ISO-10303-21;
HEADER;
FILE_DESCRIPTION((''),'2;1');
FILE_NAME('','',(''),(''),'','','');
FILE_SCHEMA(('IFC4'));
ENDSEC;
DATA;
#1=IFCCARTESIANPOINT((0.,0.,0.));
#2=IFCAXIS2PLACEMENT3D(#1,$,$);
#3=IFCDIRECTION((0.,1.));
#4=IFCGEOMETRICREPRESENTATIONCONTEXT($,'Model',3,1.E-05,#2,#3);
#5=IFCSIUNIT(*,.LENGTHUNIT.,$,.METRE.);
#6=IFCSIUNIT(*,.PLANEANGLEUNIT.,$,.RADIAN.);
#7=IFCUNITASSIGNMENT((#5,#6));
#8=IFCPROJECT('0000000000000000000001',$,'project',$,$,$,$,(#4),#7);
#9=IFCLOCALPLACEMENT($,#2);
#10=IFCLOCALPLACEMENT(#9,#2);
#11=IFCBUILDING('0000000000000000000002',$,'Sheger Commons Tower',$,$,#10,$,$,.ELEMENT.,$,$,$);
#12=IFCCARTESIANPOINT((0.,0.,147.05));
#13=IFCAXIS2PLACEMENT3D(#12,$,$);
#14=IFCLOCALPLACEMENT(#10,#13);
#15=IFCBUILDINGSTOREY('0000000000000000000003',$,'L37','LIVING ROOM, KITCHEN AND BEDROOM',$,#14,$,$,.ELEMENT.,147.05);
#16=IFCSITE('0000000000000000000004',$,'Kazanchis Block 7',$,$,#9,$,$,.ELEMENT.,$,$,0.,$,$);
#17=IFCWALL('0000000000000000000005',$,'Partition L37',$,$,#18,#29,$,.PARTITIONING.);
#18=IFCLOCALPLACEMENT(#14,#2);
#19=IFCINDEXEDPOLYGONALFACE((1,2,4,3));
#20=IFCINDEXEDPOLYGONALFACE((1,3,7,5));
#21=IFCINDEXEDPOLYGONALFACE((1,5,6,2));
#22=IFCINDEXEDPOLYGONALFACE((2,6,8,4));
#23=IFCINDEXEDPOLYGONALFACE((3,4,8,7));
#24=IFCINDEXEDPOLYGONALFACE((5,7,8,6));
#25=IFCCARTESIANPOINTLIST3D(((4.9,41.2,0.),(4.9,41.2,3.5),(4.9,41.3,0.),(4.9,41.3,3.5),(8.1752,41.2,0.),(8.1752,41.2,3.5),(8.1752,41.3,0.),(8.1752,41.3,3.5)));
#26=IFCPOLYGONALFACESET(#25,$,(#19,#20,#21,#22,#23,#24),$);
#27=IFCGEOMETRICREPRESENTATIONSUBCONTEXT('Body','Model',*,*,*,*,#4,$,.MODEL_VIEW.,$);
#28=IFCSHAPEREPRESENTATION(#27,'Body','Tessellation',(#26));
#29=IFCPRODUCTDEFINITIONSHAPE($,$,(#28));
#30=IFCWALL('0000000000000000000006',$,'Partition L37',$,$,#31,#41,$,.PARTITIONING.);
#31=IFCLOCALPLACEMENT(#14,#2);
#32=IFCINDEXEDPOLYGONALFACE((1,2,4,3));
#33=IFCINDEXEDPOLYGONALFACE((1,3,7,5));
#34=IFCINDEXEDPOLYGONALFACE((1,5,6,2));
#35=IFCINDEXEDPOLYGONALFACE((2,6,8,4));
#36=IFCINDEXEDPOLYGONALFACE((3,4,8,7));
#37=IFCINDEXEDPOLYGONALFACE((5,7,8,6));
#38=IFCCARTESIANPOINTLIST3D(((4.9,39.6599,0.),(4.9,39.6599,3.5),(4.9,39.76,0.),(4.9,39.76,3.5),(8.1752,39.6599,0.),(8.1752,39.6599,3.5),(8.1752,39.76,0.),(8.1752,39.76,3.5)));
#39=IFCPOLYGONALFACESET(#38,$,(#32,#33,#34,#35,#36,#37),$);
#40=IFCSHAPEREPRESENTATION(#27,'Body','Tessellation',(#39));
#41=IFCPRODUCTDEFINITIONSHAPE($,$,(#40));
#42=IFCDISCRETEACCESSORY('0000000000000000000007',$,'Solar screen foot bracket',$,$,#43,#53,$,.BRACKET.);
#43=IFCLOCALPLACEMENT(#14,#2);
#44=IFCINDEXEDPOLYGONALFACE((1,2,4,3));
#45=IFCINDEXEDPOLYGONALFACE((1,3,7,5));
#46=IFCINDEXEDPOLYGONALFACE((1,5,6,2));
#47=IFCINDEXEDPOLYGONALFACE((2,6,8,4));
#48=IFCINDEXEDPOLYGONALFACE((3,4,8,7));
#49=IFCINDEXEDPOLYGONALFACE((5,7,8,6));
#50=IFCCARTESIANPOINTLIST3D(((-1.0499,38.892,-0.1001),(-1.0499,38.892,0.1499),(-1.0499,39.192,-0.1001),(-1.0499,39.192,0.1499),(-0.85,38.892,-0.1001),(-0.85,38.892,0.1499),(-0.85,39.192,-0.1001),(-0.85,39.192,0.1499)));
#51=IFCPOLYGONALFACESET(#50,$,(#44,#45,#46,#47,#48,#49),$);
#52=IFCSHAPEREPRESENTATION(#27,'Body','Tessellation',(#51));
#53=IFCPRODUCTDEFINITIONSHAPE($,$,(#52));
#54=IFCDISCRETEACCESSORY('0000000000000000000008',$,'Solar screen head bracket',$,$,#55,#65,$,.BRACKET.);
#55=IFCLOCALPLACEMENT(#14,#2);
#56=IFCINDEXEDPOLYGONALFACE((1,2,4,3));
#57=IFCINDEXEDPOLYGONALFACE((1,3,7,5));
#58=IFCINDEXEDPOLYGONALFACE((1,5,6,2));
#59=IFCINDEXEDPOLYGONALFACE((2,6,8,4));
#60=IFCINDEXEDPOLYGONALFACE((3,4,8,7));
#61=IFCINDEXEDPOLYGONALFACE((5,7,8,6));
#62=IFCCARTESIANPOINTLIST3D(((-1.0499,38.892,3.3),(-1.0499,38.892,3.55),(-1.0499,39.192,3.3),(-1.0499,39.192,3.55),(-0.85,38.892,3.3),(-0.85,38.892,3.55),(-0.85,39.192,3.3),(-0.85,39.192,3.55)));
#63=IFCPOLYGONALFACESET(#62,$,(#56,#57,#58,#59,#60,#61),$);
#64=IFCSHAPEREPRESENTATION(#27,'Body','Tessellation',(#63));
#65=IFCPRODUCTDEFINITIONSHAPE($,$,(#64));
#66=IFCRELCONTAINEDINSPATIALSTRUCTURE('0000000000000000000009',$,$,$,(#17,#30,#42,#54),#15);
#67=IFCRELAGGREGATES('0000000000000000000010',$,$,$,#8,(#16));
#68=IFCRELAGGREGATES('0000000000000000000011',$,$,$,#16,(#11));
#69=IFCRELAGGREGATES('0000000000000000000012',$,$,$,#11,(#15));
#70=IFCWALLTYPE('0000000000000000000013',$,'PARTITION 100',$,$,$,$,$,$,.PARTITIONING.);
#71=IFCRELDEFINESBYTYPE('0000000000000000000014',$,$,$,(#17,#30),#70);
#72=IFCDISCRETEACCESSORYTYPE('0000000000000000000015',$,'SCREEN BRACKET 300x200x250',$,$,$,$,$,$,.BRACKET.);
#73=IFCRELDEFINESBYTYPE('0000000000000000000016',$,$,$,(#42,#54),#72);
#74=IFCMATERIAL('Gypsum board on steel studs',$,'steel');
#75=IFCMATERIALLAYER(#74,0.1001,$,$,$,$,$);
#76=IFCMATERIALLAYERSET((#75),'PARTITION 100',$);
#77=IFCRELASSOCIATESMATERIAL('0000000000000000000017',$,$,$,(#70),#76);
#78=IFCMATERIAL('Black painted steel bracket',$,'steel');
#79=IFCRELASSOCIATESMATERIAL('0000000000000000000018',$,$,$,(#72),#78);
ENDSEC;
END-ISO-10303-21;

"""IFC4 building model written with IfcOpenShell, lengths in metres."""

from ifc_helpers import new_model, si_unit, direction, frame, frame_2d, origin, origin_2d, place, context, subcontext, project, spatial, rectangle, extrude, material, layer, layer_set, type_object, element, save


model = new_model("IFC4")

# Units and contexts
model_context = context("Model", 3, precision=1e-05, world=origin(), true_north=direction((0.0, 1.0)))
body_context = subcontext(model_context, "Body", "Model", "MODEL_VIEW")
ifc_project = project(units=[si_unit("LENGTHUNIT", "METRE"), si_unit("PLANEANGLEUNIT", "RADIAN")], contexts=[model_context])

# Site, building, storey
site_placement = place(None, origin())
site = spatial("IfcSite", under=ifc_project, at=site_placement, Name="Kazanchis Block 7", CompositionType="ELEMENT", RefElevation=0.0)
building_placement = place(site_placement, origin())
building = spatial("IfcBuilding", under=site, at=building_placement, Name="Sheger Commons Tower", CompositionType="ELEMENT")
storey_placement = place(building_placement, frame((0.0, 0.0, 147.05)))
storey = spatial("IfcBuildingStorey", under=building, at=storey_placement, Name="L37", Description="LIVING ROOM, KITCHEN AND BEDROOM", CompositionType="ELEMENT", Elevation=147.05)

# Shared definitions
ifc_material_1 = material(Name="Gypsum board on steel studs", Category="steel")
ifc_layer_1 = layer(ifc_material_1, 0.1001)
ifc_layer_set_1 = layer_set([ifc_layer_1], Name="PARTITION 100")
wall_type = type_object("IfcWallType", Name="PARTITION 100", PredefinedType="PARTITIONING", material=ifc_layer_set_1)

# Walls
for number, where, z_axis, x_axis, name in (
    (1, (4.8999, 41.25, 0.0), (0.0, 0.0, 1.0), (1.0, 0.0, 0.0), "Partition L37"),
    (2, (4.8999, 39.71, 0.0), (0.0, 0.0, 1.0), (1.0, 0.0, 0.0), "Partition L37"),
):
    element("IfcWall", number, at=place(storey_placement, frame(where, z_axis=z_axis, x_axis=x_axis)), inside=storey, type_object=wall_type, Name=name, PredefinedType="PARTITIONING", context=body_context, shape_type="SweptSolid", body=[
        extrude(rectangle(XDim=3.2751, YDim=0.1001, at=frame_2d((1.6377, 0.0))), origin(), (0.0, 0.0, 1.0), 3.5),
    ])

# Discrete accessories
ifc_material_2 = material(Name="Black painted steel bracket", Category="steel")
discrete_accessory_type = type_object("IfcDiscreteAccessoryType", Name="SCREEN BRACKET 300x200x250", PredefinedType="BRACKET", material=ifc_material_2)
for number, where, z_axis, x_axis, name in (
    (3, (-0.95, 39.042, -0.1001), (0.0, 0.0, 1.0), (0.0, -1.0, 0.0), "Solar screen foot bracket"),
    (4, (-0.95, 39.042, 3.3), (0.0, 0.0, 1.0), (0.0, -1.0, 0.0), "Solar screen head bracket"),
):
    element("IfcDiscreteAccessory", number, at=place(storey_placement, frame(where, z_axis=z_axis, x_axis=x_axis)), inside=storey, type_object=discrete_accessory_type, Name=name, PredefinedType="BRACKET", context=body_context, shape_type="SweptSolid", body=[
        extrude(rectangle(XDim=0.3, YDim=0.2, at=origin_2d()), origin(), (0.0, 0.0, 1.0), 0.25),
    ])

save(model, "model.ifc")
